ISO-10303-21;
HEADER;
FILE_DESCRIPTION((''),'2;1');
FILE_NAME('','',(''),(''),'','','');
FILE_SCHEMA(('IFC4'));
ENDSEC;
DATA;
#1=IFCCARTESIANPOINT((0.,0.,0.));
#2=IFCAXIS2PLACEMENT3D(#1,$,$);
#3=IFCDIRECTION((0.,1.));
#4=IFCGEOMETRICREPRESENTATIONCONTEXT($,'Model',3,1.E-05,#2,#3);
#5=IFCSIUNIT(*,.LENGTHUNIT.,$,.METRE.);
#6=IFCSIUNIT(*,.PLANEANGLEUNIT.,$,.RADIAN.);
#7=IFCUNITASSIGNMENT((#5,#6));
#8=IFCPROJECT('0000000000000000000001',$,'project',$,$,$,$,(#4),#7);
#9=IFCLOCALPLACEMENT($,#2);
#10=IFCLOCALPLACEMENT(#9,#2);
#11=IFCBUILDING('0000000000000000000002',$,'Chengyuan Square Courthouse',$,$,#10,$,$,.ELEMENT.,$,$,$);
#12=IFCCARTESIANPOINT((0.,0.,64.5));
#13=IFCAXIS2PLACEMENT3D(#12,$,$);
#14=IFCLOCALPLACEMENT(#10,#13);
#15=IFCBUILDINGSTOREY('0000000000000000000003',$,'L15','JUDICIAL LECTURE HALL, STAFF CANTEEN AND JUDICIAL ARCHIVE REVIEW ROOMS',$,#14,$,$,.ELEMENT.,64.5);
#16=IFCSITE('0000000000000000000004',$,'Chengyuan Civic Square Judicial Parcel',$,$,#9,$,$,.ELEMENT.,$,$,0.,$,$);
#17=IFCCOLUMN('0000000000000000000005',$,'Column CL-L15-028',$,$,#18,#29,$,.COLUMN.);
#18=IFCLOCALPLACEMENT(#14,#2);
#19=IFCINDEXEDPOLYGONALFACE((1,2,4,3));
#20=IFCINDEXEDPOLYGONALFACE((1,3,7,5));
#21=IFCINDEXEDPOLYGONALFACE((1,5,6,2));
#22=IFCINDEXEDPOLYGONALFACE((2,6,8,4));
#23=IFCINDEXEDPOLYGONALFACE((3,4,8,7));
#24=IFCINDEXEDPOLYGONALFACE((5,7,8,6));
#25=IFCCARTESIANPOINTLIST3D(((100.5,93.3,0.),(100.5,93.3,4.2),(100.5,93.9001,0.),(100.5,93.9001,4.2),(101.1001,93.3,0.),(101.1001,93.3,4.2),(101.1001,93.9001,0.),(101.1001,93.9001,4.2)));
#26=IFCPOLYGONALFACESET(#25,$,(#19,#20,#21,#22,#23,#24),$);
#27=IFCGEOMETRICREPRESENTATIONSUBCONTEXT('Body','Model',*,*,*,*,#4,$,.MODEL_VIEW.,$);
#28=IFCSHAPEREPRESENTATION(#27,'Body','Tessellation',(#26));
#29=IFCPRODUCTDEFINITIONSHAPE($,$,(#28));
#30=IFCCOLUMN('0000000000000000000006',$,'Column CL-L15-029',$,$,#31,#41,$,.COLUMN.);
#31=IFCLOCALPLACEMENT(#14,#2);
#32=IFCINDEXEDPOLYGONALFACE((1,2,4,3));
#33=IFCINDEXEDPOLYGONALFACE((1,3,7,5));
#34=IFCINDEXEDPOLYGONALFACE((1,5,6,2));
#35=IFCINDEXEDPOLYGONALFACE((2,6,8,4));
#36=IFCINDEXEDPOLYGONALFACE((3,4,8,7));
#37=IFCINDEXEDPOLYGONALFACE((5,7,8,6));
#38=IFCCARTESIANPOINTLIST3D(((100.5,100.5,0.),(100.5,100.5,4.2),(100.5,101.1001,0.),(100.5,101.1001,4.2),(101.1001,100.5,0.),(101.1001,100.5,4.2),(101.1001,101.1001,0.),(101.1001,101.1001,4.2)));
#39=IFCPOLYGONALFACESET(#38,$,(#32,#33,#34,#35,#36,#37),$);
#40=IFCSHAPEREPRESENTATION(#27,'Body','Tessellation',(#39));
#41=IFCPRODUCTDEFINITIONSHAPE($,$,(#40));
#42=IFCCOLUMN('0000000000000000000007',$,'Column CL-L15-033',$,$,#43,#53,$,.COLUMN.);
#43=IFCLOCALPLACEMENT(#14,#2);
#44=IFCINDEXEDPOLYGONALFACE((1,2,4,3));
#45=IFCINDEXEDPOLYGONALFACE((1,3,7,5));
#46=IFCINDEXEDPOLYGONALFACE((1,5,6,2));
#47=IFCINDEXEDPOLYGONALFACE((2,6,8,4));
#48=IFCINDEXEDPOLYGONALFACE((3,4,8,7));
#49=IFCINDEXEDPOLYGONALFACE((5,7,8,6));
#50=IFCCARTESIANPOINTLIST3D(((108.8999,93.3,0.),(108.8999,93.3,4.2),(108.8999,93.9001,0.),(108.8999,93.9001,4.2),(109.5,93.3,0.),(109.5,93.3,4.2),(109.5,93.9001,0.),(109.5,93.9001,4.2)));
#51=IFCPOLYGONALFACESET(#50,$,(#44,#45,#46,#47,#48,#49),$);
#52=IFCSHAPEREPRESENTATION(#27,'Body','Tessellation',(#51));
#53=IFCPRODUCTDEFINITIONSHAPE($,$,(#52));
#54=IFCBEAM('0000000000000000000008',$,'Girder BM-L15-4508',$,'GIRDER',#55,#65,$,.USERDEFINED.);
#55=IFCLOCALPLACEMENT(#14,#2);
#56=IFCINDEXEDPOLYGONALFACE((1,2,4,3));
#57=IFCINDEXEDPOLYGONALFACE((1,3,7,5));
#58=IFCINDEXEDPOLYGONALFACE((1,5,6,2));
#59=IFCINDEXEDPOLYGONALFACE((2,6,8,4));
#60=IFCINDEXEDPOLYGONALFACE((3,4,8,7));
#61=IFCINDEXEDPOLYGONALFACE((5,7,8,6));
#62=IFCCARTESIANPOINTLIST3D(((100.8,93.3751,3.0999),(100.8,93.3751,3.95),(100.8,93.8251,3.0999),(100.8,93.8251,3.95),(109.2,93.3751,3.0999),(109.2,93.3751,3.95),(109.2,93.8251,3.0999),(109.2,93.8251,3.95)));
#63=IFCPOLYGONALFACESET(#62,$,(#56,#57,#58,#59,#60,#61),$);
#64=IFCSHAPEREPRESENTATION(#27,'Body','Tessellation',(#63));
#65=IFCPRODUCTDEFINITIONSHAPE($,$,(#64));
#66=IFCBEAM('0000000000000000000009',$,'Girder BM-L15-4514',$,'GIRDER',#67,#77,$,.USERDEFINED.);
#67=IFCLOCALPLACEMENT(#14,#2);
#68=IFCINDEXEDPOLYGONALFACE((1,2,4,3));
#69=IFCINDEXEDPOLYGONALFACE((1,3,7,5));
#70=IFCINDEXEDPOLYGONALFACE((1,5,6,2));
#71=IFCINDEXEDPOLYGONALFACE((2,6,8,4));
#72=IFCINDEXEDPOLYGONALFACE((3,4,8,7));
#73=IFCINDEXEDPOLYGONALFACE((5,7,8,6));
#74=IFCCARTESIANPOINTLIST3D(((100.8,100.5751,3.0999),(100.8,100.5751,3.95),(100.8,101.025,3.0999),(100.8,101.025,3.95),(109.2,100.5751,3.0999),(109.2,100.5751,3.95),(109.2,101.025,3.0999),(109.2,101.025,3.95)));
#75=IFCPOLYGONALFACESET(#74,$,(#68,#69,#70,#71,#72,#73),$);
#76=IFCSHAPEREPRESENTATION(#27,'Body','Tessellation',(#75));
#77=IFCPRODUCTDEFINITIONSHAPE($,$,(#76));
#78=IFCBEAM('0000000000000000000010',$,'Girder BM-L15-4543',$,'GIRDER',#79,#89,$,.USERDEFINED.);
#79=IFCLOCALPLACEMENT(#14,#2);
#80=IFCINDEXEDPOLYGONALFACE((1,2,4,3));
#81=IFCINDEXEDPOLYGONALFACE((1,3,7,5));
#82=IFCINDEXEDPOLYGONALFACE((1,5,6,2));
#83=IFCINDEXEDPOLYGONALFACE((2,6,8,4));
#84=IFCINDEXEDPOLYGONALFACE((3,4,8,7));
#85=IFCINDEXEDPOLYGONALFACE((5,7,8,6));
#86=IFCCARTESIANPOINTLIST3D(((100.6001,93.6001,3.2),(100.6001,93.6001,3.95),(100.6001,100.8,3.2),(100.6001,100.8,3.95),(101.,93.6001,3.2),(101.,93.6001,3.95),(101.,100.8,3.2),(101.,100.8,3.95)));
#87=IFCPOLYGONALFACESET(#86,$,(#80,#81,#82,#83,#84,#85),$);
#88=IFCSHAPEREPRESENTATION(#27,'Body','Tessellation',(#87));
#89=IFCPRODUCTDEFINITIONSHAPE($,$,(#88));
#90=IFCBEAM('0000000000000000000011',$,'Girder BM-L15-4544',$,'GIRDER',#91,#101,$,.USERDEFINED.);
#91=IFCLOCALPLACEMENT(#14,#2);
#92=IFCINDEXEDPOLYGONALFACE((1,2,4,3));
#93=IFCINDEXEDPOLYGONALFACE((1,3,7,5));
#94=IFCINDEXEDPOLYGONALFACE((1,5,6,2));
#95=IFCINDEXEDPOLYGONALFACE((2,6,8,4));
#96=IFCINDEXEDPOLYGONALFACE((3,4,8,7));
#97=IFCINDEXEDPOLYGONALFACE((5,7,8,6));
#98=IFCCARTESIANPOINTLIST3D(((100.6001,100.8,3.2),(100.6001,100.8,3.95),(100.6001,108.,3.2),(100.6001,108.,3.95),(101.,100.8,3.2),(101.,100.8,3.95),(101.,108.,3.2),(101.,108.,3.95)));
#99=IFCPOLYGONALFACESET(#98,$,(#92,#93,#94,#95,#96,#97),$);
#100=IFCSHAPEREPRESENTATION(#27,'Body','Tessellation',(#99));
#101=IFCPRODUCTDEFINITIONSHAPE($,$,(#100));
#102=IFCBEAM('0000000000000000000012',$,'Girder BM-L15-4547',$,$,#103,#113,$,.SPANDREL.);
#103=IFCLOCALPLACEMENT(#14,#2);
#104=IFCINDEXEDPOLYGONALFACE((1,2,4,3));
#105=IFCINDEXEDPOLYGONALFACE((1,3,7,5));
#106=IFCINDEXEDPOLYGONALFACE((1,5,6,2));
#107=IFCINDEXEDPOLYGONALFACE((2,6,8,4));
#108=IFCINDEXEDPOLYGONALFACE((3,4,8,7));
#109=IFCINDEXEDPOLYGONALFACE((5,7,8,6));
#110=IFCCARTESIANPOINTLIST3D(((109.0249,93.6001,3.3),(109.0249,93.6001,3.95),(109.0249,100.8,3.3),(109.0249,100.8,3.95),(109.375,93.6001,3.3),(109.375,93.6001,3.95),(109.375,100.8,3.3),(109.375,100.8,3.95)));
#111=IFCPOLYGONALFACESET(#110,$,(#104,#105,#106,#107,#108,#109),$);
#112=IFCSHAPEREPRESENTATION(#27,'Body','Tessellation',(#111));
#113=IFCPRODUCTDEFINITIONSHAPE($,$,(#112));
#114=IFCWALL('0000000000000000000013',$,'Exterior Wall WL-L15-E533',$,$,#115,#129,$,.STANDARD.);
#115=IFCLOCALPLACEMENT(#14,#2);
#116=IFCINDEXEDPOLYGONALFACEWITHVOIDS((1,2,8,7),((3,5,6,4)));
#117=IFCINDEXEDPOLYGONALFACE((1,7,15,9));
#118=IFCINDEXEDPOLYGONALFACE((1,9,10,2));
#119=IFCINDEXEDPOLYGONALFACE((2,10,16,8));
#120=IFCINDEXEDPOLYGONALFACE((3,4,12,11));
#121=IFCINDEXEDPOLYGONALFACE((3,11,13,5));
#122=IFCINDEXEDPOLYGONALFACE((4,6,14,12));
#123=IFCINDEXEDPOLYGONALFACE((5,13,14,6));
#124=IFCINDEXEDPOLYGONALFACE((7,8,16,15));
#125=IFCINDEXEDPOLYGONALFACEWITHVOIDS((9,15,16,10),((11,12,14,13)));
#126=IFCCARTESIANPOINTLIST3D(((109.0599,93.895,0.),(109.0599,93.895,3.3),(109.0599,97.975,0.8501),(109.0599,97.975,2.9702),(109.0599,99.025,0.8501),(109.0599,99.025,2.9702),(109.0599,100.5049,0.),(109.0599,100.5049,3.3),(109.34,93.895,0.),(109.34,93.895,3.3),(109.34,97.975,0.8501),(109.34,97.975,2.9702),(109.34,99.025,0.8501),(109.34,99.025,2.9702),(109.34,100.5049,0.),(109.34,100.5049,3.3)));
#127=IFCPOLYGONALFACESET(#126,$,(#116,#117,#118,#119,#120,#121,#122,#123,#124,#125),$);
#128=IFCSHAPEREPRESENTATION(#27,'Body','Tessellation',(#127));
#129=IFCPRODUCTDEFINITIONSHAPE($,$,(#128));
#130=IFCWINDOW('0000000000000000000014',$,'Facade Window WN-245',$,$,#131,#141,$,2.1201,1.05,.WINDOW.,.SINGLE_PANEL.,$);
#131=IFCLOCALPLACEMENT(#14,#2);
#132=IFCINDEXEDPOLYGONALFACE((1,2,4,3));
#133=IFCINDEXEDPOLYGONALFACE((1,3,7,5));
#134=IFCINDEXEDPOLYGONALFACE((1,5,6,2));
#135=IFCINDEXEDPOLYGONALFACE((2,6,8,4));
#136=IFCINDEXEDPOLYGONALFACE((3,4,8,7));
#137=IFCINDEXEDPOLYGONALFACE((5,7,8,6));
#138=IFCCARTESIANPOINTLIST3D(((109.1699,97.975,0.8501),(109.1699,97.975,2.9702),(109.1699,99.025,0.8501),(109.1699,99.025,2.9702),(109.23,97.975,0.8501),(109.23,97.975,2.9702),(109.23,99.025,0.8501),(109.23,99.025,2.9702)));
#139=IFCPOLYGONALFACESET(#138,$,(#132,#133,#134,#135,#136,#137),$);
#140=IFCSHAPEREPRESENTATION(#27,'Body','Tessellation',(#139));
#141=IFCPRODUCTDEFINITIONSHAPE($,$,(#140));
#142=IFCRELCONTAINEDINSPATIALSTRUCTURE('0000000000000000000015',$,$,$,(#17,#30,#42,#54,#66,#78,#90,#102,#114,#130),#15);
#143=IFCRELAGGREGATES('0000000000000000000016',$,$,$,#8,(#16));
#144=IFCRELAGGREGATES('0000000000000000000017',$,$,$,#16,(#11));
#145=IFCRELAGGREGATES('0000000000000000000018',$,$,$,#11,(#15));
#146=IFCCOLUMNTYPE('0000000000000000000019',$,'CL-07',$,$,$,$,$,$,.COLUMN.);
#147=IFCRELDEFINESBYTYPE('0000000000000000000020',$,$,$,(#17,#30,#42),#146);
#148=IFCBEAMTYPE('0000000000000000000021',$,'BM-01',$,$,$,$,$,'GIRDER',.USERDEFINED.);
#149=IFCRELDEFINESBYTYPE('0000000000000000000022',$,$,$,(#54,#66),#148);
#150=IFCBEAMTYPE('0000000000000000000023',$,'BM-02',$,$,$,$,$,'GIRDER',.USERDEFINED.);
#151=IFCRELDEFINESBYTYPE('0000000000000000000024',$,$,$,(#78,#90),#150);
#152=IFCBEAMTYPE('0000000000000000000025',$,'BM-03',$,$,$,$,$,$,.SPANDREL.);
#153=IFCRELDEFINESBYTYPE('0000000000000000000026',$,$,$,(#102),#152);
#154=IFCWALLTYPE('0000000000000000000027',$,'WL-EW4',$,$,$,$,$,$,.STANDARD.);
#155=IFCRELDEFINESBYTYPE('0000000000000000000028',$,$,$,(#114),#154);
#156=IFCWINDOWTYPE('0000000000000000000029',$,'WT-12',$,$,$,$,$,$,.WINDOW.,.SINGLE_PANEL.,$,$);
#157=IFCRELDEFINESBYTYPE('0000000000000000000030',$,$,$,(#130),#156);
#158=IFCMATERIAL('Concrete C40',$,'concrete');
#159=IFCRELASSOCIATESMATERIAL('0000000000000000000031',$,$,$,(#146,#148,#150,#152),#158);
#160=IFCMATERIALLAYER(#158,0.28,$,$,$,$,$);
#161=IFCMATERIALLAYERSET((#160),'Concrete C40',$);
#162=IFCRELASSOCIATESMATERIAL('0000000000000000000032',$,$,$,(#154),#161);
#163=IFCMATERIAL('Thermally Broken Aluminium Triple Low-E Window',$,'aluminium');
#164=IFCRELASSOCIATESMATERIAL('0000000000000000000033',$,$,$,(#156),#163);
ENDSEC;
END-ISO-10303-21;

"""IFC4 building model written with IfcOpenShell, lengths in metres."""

from ifc_helpers import new_model, si_unit, direction, frame, frame_2d, origin, origin_2d, place, context, subcontext, project, spatial, rectangle, extrude, material, layer, layer_set, material_profile, profile_set, type_object, element, fill, save


model = new_model("IFC4")

# Units and contexts
model_context = context("Model", 3, precision=1e-05, world=origin(), true_north=direction((0.0, 1.0)))
body_context = subcontext(model_context, "Body", "Model", "MODEL_VIEW")
ifc_project = project(units=[si_unit("LENGTHUNIT", "METRE"), si_unit("PLANEANGLEUNIT", "RADIAN")], contexts=[model_context])

# Site, building, storey
site_placement = place(None, origin())
site = spatial("IfcSite", under=ifc_project, at=site_placement, Name="Chengyuan Civic Square Judicial Parcel", CompositionType="ELEMENT", RefElevation=0.0)
building_placement = place(site_placement, origin())
building = spatial("IfcBuilding", under=site, at=building_placement, Name="Chengyuan Square Courthouse", CompositionType="ELEMENT")
storey_placement = place(building_placement, frame((0.0, 0.0, 64.5)))
storey = spatial("IfcBuildingStorey", under=building, at=storey_placement, Name="L15", Description="JUDICIAL LECTURE HALL, STAFF CANTEEN AND JUDICIAL ARCHIVE REVIEW ROOMS", CompositionType="ELEMENT", Elevation=64.5)

# Columns
ifc_material_1 = material(Name="Concrete C40", Category="concrete")
ifc_material_profile_1 = material_profile(ifc_material_1, rectangle(XDim=0.6001, YDim=0.6001, at=origin_2d()), Name="RC-COL-600x600")
ifc_profile_set_1 = profile_set([ifc_material_profile_1], Name="Concrete C40")
column_type = type_object("IfcColumnType", Name="CL-07", PredefinedType="COLUMN", material=ifc_profile_set_1)
for number, where, z_axis, x_axis, name in (
    (1, (100.8, 93.6001, 0.0), (0.0, 0.0, 1.0), (1.0, 0.0, 0.0), "Column CL-L15-028"),
    (2, (100.8, 100.8, 0.0), (0.0, 0.0, 1.0), (1.0, 0.0, 0.0), "Column CL-L15-029"),
    (3, (109.2, 93.6001, 0.0), (0.0, 0.0, 1.0), (1.0, 0.0, 0.0), "Column CL-L15-033"),
):
    element("IfcColumn", number, at=place(storey_placement, frame(where, z_axis=z_axis, x_axis=x_axis)), inside=storey, type_object=column_type, Name=name, PredefinedType="COLUMN", context=body_context, shape_type="SweptSolid", body=[
        extrude(rectangle(XDim=0.6001, YDim=0.6001, at=origin_2d()), origin(), (0.0, 0.0, 1.0), 4.2),
    ])

# Beams
ifc_material_profile_2 = material_profile(ifc_material_1, rectangle(XDim=0.45, YDim=0.8501, at=origin_2d()), Name="RC-BM-450x850")
ifc_profile_set_2 = profile_set([ifc_material_profile_2], Name="Concrete C40")
beam_type_1 = type_object("IfcBeamType", Name="BM-01", ElementType="GIRDER", PredefinedType="USERDEFINED", material=ifc_profile_set_2)
for number, where, z_axis, x_axis, name in (
    (4, (100.8, 93.6001, 3.5249), (1.0, 0.0, 0.0), (0.0, 1.0, 0.0), "Girder BM-L15-4508"),
    (5, (100.8, 100.8, 3.5249), (1.0, 0.0, 0.0), (0.0, 1.0, 0.0), "Girder BM-L15-4514"),
):
    element("IfcBeam", number, at=place(storey_placement, frame(where, z_axis=z_axis, x_axis=x_axis)), inside=storey, type_object=beam_type_1, Name=name, ObjectType="GIRDER", PredefinedType="USERDEFINED", context=body_context, shape_type="SweptSolid", body=[
        extrude(rectangle(XDim=0.45, YDim=0.8501, at=origin_2d()), origin(), (0.0, 0.0, 1.0), 8.3999),
    ])
ifc_material_profile_3 = material_profile(ifc_material_1, rectangle(XDim=0.3999, YDim=0.75, at=origin_2d()), Name="RC-BM-400x750")
ifc_profile_set_3 = profile_set([ifc_material_profile_3], Name="Concrete C40")
beam_type_2 = type_object("IfcBeamType", Name="BM-02", ElementType="GIRDER", PredefinedType="USERDEFINED", material=ifc_profile_set_3)
for number, where, z_axis, x_axis, name in (
    (6, (100.8, 93.6001, 3.575), (0.0, 1.0, 0.0), (-1.0, 0.0, 0.0), "Girder BM-L15-4543"),
    (7, (100.8, 100.8, 3.575), (0.0, 1.0, 0.0), (-1.0, 0.0, 0.0), "Girder BM-L15-4544"),
):
    element("IfcBeam", number, at=place(storey_placement, frame(where, z_axis=z_axis, x_axis=x_axis)), inside=storey, type_object=beam_type_2, Name=name, ObjectType="GIRDER", PredefinedType="USERDEFINED", context=body_context, shape_type="SweptSolid", body=[
        extrude(rectangle(XDim=0.3999, YDim=0.75, at=origin_2d()), origin(), (0.0, 0.0, 1.0), 7.2),
    ])
ifc_material_profile_4 = material_profile(ifc_material_1, rectangle(XDim=0.3501, YDim=0.6499, at=origin_2d()), Name="RC-BM-350x650")
ifc_profile_set_4 = profile_set([ifc_material_profile_4], Name="Concrete C40")
beam_type_3 = type_object("IfcBeamType", Name="BM-03", PredefinedType="SPANDREL", material=ifc_profile_set_4)
beam_placement = place(storey_placement, frame((109.2, 93.6001, 3.625), z_axis=(0.0, 1.0, 0.0), x_axis=(-1.0, 0.0, 0.0)))
element("IfcBeam", 8, at=beam_placement, inside=storey, type_object=beam_type_3, Name="Girder BM-L15-4547", PredefinedType="SPANDREL", context=body_context, shape_type="SweptSolid", body=[
    extrude(rectangle(XDim=0.3501, YDim=0.6499, at=origin_2d()), origin(), (0.0, 0.0, 1.0), 7.2),
])

# Wall, opening, window
ifc_layer_1 = layer(ifc_material_1, 0.28)
ifc_layer_set_1 = layer_set([ifc_layer_1], Name="Concrete C40")
wall_type_1 = type_object("IfcWallType", Name="WL-EW4", PredefinedType="STANDARD", material=ifc_layer_set_1)
wall_1_placement = place(storey_placement, frame((109.2, 93.895, 0.0), z_axis=(0.0, 0.0, 1.0), x_axis=(0.0, 1.0, 0.0)))
wall_1 = element("IfcWall", 9, at=wall_1_placement, inside=storey, type_object=wall_type_1, Name="Exterior Wall WL-L15-E533", PredefinedType="STANDARD", context=body_context, shape_type="SweptSolid", body=[
    extrude(rectangle(XDim=6.6099, YDim=0.28, at=frame_2d((3.3049, 0.0))), origin(), (0.0, 0.0, 1.0), 3.3),
])
opening_1_placement = place(wall_1_placement, frame((4.0801, 0.0, 0.8501)))
opening_1 = element("IfcOpeningElement", 10, at=opening_1_placement, cuts=wall_1, PredefinedType="OPENING", context=body_context, shape_type="SweptSolid", body=[
    extrude(rectangle(XDim=1.05, YDim=2.1201, at=frame_2d((0.5249, 1.0601))), frame((0.0, 0.1521, 0.0), z_axis=(0.0, -1.0, 0.0), x_axis=(1.0, 0.0, 0.0)), (0.0, 0.0, 1.0), 0.304),
])
ifc_material_2 = material(Name="Thermally Broken Aluminium Triple Low-E Window", Category="aluminium")
window_type = type_object("IfcWindowType", Name="WT-12", PartitioningType="SINGLE_PANEL", PredefinedType="WINDOW", material=ifc_material_2)
window_placement = place(opening_1_placement, origin())
window = element("IfcWindow", 11, at=window_placement, inside=storey, type_object=window_type, Name="Facade Window WN-245", OverallHeight=2.1201, OverallWidth=1.05, PartitioningType="SINGLE_PANEL", PredefinedType="WINDOW", context=body_context, shape_type="SweptSolid", body=[
    extrude(rectangle(XDim=1.05, YDim=2.1201, at=frame_2d((0.5249, 1.0601))), frame((0.0, 0.03, 0.0), z_axis=(0.0, -1.0, 0.0), x_axis=(1.0, 0.0, 0.0)), (0.0, 0.0, 1.0), 0.0601),
])
fill(opening_1, window)

save(model, "model.ifc")
